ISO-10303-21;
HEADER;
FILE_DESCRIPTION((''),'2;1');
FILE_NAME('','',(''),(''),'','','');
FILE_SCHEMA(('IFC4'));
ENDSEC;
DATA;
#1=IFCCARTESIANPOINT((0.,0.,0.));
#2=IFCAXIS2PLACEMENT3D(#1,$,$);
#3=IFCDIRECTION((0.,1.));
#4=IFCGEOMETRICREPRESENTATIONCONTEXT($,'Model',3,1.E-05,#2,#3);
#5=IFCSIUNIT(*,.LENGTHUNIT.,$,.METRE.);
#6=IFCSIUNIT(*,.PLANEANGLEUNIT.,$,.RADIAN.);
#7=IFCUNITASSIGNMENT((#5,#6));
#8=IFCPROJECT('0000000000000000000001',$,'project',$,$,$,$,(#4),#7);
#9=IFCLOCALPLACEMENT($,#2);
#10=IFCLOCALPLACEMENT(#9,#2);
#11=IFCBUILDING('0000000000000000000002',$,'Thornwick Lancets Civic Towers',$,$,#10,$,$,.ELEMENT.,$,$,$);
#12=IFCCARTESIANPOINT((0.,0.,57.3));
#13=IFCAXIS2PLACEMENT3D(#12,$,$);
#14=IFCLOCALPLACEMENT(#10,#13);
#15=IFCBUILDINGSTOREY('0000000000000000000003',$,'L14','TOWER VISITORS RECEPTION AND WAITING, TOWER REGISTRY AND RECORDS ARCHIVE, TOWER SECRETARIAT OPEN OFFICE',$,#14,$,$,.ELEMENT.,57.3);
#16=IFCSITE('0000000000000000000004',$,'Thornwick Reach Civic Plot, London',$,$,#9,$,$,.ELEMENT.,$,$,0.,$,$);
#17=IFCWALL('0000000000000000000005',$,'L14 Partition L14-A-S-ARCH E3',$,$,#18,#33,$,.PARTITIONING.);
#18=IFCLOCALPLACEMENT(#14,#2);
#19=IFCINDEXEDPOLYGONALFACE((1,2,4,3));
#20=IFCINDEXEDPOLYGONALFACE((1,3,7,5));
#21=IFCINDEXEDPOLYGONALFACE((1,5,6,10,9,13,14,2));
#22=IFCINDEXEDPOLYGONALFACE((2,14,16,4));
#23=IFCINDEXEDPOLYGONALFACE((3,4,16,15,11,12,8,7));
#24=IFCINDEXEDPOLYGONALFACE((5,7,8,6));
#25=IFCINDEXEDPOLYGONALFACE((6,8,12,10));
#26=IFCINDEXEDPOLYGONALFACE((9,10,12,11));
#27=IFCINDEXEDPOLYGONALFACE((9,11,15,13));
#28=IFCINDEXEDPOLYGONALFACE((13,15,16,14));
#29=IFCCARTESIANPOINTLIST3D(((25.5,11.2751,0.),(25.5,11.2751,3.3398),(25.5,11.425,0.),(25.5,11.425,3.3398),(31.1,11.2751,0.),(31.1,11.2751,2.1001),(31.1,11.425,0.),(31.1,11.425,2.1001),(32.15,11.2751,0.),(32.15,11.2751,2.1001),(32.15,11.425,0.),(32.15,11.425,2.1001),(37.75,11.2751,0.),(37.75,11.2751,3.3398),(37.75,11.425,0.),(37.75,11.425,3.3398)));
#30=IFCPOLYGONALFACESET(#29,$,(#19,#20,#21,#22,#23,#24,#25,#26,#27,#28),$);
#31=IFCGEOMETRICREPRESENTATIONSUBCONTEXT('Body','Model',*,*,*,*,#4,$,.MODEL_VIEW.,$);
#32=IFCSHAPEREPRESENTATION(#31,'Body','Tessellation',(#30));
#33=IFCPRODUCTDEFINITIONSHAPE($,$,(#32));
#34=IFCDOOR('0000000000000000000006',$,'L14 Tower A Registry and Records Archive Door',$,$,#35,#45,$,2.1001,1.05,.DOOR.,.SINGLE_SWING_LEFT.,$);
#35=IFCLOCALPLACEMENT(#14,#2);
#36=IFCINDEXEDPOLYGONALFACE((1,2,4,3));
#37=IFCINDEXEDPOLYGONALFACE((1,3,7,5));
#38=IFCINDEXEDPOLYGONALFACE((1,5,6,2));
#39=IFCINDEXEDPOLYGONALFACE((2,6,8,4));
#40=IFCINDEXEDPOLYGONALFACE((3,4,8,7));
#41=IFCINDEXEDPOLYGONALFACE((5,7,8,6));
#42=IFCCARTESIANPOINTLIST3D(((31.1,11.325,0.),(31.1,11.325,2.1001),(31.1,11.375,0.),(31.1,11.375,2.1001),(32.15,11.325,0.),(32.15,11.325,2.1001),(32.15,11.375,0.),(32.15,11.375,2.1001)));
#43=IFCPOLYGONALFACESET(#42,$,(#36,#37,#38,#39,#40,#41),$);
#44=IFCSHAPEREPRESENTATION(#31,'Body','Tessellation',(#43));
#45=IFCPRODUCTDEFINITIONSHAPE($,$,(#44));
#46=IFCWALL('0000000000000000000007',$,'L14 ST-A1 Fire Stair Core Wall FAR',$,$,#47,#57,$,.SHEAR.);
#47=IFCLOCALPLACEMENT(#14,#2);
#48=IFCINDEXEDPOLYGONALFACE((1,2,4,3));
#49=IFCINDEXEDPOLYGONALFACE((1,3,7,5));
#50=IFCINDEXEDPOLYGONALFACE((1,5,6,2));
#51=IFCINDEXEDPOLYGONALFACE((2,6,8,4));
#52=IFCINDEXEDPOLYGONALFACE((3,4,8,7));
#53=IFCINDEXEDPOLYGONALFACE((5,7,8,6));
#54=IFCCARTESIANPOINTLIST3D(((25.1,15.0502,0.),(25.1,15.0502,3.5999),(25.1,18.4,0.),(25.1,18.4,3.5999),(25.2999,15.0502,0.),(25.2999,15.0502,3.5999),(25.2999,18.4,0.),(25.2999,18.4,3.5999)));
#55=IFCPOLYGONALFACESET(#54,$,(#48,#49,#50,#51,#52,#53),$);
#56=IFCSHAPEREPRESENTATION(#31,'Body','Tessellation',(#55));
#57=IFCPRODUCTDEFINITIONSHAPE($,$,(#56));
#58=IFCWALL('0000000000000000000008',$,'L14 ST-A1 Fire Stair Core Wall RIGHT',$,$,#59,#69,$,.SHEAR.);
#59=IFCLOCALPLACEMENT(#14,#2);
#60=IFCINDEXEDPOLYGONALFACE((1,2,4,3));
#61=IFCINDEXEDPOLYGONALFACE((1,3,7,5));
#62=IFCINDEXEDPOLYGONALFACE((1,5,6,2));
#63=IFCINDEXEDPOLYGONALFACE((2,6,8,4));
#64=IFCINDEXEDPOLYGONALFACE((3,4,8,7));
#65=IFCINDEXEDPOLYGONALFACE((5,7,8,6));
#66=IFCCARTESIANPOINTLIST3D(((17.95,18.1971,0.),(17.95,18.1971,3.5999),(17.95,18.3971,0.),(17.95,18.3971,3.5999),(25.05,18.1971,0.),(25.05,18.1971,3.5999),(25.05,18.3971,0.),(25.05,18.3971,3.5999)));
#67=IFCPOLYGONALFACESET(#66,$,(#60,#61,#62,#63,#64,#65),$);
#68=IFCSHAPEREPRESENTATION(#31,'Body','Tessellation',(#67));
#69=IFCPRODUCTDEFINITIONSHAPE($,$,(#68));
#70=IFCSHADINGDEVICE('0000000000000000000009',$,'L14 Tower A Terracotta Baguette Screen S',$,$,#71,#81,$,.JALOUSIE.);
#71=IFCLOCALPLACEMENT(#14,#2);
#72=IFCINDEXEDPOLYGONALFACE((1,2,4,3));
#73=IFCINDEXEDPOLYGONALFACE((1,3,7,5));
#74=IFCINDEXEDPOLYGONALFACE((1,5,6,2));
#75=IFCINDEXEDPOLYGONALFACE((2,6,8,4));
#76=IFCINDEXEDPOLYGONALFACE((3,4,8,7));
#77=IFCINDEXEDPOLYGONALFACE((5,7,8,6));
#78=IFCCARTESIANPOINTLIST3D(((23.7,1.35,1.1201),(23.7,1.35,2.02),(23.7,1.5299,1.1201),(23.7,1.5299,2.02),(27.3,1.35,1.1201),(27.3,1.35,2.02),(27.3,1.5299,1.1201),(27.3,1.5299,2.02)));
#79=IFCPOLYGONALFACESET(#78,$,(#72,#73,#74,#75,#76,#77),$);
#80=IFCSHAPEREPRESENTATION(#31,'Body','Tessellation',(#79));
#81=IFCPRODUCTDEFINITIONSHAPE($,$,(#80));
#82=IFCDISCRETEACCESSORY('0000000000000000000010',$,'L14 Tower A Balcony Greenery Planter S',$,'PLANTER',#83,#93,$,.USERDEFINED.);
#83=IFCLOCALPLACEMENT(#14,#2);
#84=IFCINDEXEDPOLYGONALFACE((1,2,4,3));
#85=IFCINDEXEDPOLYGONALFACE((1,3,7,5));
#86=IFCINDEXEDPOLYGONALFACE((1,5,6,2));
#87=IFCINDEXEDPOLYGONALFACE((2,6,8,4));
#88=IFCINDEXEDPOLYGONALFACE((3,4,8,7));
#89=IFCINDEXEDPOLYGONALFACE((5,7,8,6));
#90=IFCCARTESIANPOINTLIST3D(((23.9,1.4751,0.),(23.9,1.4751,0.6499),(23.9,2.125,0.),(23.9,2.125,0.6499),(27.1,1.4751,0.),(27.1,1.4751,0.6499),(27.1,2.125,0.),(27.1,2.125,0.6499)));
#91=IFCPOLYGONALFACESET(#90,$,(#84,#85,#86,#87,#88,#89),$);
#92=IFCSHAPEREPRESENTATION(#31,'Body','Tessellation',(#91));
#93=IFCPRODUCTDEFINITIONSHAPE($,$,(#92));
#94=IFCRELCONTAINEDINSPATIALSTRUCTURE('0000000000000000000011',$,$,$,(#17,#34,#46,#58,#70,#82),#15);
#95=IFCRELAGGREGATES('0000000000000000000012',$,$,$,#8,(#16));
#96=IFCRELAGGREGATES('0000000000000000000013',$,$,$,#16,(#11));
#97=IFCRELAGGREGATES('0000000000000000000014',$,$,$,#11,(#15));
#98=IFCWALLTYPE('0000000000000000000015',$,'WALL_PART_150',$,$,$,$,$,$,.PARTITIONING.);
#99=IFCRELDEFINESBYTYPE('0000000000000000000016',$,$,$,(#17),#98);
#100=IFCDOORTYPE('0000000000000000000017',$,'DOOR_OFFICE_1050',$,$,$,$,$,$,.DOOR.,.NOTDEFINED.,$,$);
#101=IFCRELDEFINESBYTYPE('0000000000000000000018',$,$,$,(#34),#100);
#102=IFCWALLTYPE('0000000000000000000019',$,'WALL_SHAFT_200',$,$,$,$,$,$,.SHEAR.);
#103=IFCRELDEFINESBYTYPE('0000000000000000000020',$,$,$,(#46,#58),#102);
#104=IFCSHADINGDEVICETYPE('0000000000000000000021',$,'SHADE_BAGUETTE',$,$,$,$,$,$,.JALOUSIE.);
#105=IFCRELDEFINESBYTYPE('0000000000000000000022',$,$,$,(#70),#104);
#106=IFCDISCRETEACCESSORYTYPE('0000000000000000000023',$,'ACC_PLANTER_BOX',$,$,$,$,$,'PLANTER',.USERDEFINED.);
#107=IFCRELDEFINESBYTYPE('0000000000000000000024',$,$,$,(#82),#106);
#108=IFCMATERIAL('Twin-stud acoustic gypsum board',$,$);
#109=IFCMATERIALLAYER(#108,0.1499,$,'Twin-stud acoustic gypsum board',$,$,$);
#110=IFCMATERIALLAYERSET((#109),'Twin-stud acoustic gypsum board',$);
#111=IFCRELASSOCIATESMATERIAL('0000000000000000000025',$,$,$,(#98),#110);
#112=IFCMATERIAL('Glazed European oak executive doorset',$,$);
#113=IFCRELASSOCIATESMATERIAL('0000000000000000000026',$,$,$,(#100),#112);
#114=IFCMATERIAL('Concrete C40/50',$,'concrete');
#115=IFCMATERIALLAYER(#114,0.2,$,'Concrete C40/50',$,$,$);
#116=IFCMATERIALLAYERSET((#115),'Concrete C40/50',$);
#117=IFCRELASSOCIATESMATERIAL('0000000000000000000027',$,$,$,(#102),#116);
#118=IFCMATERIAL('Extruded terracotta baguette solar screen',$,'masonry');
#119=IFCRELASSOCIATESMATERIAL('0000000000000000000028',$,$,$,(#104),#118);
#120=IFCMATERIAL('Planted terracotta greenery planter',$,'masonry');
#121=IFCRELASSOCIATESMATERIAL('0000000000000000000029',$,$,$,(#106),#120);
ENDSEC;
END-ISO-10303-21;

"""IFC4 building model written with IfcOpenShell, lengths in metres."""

from ifc_helpers import new_model, si_unit, direction, frame, frame_2d, origin, origin_2d, place, context, subcontext, project, spatial, rectangle, extrude, material, layer, layer_set, type_object, element, fill, save


model = new_model("IFC4")

# Units and contexts
model_context = context("Model", 3, precision=1e-05, world=origin(), true_north=direction((0.0, 1.0)))
body_context = subcontext(model_context, "Body", "Model", "MODEL_VIEW")
ifc_project = project(units=[si_unit("LENGTHUNIT", "METRE"), si_unit("PLANEANGLEUNIT", "RADIAN")], contexts=[model_context])

# Site, building, storey
site_placement = place(None, origin())
site = spatial("IfcSite", under=ifc_project, at=site_placement, Name="Thornwick Reach Civic Plot, London", CompositionType="ELEMENT", RefElevation=0.0)
building_placement = place(site_placement, origin())
building = spatial("IfcBuilding", under=site, at=building_placement, Name="Thornwick Lancets Civic Towers", CompositionType="ELEMENT")
storey_placement = place(building_placement, frame((0.0, 0.0, 57.3)))
storey = spatial("IfcBuildingStorey", under=building, at=storey_placement, Name="L14", Description="TOWER VISITORS RECEPTION AND WAITING, TOWER REGISTRY AND RECORDS ARCHIVE, TOWER SECRETARIAT OPEN OFFICE", CompositionType="ELEMENT", Elevation=57.3)

# Shared definitions
ifc_material_1 = material(Name="Twin-stud acoustic gypsum board")
ifc_layer_1 = layer(ifc_material_1, 0.1499, Name="Twin-stud acoustic gypsum board")
ifc_layer_set_1 = layer_set([ifc_layer_1], Name="Twin-stud acoustic gypsum board")
wall_type_1 = type_object("IfcWallType", Name="WALL_PART_150", PredefinedType="PARTITIONING", material=ifc_layer_set_1)

# Wall, opening, door
wall_1_placement = place(storey_placement, frame((25.5, 11.3501, 0.0), z_axis=(0.0, 0.0, 1.0), x_axis=(1.0, 0.0, 0.0)))
wall_1 = element("IfcWall", 1, at=wall_1_placement, inside=storey, type_object=wall_type_1, Name="L14 Partition L14-A-S-ARCH E3", PredefinedType="PARTITIONING", context=body_context, shape_type="SweptSolid", body=[
    extrude(rectangle(XDim=12.25, YDim=0.1499, at=frame_2d((6.125, 0.0))), origin(), (0.0, 0.0, 1.0), 3.3398),
])
opening_1_placement = place(wall_1_placement, frame((5.6001, 0.0, 0.0)))
opening_1 = element("IfcOpeningElement", 2, at=opening_1_placement, cuts=wall_1, PredefinedType="OPENING", context=body_context, shape_type="SweptSolid", body=[
    extrude(rectangle(XDim=1.05, YDim=2.1001, at=frame_2d((0.5249, 1.05))), frame((0.0, 0.085, 0.0), z_axis=(0.0, -1.0, 0.0), x_axis=(1.0, 0.0, 0.0)), (0.0, 0.0, 1.0), 0.1699),
])
ifc_material_2 = material(Name="Glazed European oak executive doorset")
door_type_1 = type_object("IfcDoorType", Name="DOOR_OFFICE_1050", OperationType="NOTDEFINED", PredefinedType="DOOR", material=ifc_material_2)
door_1_placement = place(opening_1_placement, origin())
door_1 = element("IfcDoor", 3, at=door_1_placement, inside=storey, type_object=door_type_1, Name="L14 Tower A Registry and Records Archive Door", OperationType="SINGLE_SWING_LEFT", OverallHeight=2.1001, OverallWidth=1.05, PredefinedType="DOOR", context=body_context, shape_type="SweptSolid", body=[
    extrude(rectangle(XDim=1.05, YDim=2.1001, at=frame_2d((0.5249, 1.05))), frame((0.0, 0.0249, 0.0), z_axis=(0.0, -1.0, 0.0), x_axis=(1.0, 0.0, 0.0)), (0.0, 0.0, 1.0), 0.05),
])
fill(opening_1, door_1)

# Walls
ifc_material_3 = material(Name="Concrete C40/50", Category="concrete")
ifc_layer_2 = layer(ifc_material_3, 0.2, Name="Concrete C40/50")
ifc_layer_set_2 = layer_set([ifc_layer_2], Name="Concrete C40/50")
wall_type_2 = type_object("IfcWallType", Name="WALL_SHAFT_200", PredefinedType="SHEAR", material=ifc_layer_set_2)
wall_2_placement = place(storey_placement, frame((25.2, 18.3999, 0.0), z_axis=(0.0, 0.0, 1.0), x_axis=(0.0, -1.0, 0.0)))
element("IfcWall", 4, at=wall_2_placement, inside=storey, type_object=wall_type_2, Name="L14 ST-A1 Fire Stair Core Wall FAR", PredefinedType="SHEAR", context=body_context, shape_type="SweptSolid", body=[
    extrude(rectangle(XDim=3.3499, YDim=0.2, at=frame_2d((1.6748, 0.0))), origin(), (0.0, 0.0, 1.0), 3.5999),
])
wall_3_placement = place(storey_placement, frame((25.05, 18.2971, 0.0), z_axis=(0.0, 0.0, 1.0), x_axis=(-1.0, 0.0, 0.0)))
element("IfcWall", 5, at=wall_3_placement, inside=storey, type_object=wall_type_2, Name="L14 ST-A1 Fire Stair Core Wall RIGHT", PredefinedType="SHEAR", context=body_context, shape_type="SweptSolid", body=[
    extrude(rectangle(XDim=7.1001, YDim=0.2, at=frame_2d((3.55, 0.0))), origin(), (0.0, 0.0, 1.0), 3.5999),
])

# Shading device
ifc_material_4 = material(Name="Extruded terracotta baguette solar screen", Category="masonry")
shading_device_type = type_object("IfcShadingDeviceType", Name="SHADE_BAGUETTE", PredefinedType="JALOUSIE", material=ifc_material_4)
shading_device_placement = place(storey_placement, frame((25.5, 1.4399, 1.1201), z_axis=(0.0, 0.0, 1.0), x_axis=(1.0, 0.0, 0.0)))
element("IfcShadingDevice", 6, at=shading_device_placement, inside=storey, type_object=shading_device_type, Name="L14 Tower A Terracotta Baguette Screen S", PredefinedType="JALOUSIE", context=body_context, shape_type="SweptSolid", body=[
    extrude(rectangle(XDim=3.6001, YDim=0.1799, at=origin_2d()), origin(), (0.0, 0.0, 1.0), 0.8999),
])

# Discrete accessory
ifc_material_5 = material(Name="Planted terracotta greenery planter", Category="masonry")
discrete_accessory_type = type_object("IfcDiscreteAccessoryType", Name="ACC_PLANTER_BOX", ElementType="PLANTER", PredefinedType="USERDEFINED", material=ifc_material_5)
discrete_accessory_placement = place(storey_placement, frame((25.5, 1.8, 0.0), z_axis=(0.0, 0.0, 1.0), x_axis=(1.0, 0.0, 0.0)))
element("IfcDiscreteAccessory", 7, at=discrete_accessory_placement, inside=storey, type_object=discrete_accessory_type, Name="L14 Tower A Balcony Greenery Planter S", ObjectType="PLANTER", PredefinedType="USERDEFINED", context=body_context, shape_type="SweptSolid", body=[
    extrude(rectangle(XDim=3.2, YDim=0.6499, at=origin_2d()), origin(), (0.0, 0.0, 1.0), 0.6499),
])

save(model, "model.ifc")
